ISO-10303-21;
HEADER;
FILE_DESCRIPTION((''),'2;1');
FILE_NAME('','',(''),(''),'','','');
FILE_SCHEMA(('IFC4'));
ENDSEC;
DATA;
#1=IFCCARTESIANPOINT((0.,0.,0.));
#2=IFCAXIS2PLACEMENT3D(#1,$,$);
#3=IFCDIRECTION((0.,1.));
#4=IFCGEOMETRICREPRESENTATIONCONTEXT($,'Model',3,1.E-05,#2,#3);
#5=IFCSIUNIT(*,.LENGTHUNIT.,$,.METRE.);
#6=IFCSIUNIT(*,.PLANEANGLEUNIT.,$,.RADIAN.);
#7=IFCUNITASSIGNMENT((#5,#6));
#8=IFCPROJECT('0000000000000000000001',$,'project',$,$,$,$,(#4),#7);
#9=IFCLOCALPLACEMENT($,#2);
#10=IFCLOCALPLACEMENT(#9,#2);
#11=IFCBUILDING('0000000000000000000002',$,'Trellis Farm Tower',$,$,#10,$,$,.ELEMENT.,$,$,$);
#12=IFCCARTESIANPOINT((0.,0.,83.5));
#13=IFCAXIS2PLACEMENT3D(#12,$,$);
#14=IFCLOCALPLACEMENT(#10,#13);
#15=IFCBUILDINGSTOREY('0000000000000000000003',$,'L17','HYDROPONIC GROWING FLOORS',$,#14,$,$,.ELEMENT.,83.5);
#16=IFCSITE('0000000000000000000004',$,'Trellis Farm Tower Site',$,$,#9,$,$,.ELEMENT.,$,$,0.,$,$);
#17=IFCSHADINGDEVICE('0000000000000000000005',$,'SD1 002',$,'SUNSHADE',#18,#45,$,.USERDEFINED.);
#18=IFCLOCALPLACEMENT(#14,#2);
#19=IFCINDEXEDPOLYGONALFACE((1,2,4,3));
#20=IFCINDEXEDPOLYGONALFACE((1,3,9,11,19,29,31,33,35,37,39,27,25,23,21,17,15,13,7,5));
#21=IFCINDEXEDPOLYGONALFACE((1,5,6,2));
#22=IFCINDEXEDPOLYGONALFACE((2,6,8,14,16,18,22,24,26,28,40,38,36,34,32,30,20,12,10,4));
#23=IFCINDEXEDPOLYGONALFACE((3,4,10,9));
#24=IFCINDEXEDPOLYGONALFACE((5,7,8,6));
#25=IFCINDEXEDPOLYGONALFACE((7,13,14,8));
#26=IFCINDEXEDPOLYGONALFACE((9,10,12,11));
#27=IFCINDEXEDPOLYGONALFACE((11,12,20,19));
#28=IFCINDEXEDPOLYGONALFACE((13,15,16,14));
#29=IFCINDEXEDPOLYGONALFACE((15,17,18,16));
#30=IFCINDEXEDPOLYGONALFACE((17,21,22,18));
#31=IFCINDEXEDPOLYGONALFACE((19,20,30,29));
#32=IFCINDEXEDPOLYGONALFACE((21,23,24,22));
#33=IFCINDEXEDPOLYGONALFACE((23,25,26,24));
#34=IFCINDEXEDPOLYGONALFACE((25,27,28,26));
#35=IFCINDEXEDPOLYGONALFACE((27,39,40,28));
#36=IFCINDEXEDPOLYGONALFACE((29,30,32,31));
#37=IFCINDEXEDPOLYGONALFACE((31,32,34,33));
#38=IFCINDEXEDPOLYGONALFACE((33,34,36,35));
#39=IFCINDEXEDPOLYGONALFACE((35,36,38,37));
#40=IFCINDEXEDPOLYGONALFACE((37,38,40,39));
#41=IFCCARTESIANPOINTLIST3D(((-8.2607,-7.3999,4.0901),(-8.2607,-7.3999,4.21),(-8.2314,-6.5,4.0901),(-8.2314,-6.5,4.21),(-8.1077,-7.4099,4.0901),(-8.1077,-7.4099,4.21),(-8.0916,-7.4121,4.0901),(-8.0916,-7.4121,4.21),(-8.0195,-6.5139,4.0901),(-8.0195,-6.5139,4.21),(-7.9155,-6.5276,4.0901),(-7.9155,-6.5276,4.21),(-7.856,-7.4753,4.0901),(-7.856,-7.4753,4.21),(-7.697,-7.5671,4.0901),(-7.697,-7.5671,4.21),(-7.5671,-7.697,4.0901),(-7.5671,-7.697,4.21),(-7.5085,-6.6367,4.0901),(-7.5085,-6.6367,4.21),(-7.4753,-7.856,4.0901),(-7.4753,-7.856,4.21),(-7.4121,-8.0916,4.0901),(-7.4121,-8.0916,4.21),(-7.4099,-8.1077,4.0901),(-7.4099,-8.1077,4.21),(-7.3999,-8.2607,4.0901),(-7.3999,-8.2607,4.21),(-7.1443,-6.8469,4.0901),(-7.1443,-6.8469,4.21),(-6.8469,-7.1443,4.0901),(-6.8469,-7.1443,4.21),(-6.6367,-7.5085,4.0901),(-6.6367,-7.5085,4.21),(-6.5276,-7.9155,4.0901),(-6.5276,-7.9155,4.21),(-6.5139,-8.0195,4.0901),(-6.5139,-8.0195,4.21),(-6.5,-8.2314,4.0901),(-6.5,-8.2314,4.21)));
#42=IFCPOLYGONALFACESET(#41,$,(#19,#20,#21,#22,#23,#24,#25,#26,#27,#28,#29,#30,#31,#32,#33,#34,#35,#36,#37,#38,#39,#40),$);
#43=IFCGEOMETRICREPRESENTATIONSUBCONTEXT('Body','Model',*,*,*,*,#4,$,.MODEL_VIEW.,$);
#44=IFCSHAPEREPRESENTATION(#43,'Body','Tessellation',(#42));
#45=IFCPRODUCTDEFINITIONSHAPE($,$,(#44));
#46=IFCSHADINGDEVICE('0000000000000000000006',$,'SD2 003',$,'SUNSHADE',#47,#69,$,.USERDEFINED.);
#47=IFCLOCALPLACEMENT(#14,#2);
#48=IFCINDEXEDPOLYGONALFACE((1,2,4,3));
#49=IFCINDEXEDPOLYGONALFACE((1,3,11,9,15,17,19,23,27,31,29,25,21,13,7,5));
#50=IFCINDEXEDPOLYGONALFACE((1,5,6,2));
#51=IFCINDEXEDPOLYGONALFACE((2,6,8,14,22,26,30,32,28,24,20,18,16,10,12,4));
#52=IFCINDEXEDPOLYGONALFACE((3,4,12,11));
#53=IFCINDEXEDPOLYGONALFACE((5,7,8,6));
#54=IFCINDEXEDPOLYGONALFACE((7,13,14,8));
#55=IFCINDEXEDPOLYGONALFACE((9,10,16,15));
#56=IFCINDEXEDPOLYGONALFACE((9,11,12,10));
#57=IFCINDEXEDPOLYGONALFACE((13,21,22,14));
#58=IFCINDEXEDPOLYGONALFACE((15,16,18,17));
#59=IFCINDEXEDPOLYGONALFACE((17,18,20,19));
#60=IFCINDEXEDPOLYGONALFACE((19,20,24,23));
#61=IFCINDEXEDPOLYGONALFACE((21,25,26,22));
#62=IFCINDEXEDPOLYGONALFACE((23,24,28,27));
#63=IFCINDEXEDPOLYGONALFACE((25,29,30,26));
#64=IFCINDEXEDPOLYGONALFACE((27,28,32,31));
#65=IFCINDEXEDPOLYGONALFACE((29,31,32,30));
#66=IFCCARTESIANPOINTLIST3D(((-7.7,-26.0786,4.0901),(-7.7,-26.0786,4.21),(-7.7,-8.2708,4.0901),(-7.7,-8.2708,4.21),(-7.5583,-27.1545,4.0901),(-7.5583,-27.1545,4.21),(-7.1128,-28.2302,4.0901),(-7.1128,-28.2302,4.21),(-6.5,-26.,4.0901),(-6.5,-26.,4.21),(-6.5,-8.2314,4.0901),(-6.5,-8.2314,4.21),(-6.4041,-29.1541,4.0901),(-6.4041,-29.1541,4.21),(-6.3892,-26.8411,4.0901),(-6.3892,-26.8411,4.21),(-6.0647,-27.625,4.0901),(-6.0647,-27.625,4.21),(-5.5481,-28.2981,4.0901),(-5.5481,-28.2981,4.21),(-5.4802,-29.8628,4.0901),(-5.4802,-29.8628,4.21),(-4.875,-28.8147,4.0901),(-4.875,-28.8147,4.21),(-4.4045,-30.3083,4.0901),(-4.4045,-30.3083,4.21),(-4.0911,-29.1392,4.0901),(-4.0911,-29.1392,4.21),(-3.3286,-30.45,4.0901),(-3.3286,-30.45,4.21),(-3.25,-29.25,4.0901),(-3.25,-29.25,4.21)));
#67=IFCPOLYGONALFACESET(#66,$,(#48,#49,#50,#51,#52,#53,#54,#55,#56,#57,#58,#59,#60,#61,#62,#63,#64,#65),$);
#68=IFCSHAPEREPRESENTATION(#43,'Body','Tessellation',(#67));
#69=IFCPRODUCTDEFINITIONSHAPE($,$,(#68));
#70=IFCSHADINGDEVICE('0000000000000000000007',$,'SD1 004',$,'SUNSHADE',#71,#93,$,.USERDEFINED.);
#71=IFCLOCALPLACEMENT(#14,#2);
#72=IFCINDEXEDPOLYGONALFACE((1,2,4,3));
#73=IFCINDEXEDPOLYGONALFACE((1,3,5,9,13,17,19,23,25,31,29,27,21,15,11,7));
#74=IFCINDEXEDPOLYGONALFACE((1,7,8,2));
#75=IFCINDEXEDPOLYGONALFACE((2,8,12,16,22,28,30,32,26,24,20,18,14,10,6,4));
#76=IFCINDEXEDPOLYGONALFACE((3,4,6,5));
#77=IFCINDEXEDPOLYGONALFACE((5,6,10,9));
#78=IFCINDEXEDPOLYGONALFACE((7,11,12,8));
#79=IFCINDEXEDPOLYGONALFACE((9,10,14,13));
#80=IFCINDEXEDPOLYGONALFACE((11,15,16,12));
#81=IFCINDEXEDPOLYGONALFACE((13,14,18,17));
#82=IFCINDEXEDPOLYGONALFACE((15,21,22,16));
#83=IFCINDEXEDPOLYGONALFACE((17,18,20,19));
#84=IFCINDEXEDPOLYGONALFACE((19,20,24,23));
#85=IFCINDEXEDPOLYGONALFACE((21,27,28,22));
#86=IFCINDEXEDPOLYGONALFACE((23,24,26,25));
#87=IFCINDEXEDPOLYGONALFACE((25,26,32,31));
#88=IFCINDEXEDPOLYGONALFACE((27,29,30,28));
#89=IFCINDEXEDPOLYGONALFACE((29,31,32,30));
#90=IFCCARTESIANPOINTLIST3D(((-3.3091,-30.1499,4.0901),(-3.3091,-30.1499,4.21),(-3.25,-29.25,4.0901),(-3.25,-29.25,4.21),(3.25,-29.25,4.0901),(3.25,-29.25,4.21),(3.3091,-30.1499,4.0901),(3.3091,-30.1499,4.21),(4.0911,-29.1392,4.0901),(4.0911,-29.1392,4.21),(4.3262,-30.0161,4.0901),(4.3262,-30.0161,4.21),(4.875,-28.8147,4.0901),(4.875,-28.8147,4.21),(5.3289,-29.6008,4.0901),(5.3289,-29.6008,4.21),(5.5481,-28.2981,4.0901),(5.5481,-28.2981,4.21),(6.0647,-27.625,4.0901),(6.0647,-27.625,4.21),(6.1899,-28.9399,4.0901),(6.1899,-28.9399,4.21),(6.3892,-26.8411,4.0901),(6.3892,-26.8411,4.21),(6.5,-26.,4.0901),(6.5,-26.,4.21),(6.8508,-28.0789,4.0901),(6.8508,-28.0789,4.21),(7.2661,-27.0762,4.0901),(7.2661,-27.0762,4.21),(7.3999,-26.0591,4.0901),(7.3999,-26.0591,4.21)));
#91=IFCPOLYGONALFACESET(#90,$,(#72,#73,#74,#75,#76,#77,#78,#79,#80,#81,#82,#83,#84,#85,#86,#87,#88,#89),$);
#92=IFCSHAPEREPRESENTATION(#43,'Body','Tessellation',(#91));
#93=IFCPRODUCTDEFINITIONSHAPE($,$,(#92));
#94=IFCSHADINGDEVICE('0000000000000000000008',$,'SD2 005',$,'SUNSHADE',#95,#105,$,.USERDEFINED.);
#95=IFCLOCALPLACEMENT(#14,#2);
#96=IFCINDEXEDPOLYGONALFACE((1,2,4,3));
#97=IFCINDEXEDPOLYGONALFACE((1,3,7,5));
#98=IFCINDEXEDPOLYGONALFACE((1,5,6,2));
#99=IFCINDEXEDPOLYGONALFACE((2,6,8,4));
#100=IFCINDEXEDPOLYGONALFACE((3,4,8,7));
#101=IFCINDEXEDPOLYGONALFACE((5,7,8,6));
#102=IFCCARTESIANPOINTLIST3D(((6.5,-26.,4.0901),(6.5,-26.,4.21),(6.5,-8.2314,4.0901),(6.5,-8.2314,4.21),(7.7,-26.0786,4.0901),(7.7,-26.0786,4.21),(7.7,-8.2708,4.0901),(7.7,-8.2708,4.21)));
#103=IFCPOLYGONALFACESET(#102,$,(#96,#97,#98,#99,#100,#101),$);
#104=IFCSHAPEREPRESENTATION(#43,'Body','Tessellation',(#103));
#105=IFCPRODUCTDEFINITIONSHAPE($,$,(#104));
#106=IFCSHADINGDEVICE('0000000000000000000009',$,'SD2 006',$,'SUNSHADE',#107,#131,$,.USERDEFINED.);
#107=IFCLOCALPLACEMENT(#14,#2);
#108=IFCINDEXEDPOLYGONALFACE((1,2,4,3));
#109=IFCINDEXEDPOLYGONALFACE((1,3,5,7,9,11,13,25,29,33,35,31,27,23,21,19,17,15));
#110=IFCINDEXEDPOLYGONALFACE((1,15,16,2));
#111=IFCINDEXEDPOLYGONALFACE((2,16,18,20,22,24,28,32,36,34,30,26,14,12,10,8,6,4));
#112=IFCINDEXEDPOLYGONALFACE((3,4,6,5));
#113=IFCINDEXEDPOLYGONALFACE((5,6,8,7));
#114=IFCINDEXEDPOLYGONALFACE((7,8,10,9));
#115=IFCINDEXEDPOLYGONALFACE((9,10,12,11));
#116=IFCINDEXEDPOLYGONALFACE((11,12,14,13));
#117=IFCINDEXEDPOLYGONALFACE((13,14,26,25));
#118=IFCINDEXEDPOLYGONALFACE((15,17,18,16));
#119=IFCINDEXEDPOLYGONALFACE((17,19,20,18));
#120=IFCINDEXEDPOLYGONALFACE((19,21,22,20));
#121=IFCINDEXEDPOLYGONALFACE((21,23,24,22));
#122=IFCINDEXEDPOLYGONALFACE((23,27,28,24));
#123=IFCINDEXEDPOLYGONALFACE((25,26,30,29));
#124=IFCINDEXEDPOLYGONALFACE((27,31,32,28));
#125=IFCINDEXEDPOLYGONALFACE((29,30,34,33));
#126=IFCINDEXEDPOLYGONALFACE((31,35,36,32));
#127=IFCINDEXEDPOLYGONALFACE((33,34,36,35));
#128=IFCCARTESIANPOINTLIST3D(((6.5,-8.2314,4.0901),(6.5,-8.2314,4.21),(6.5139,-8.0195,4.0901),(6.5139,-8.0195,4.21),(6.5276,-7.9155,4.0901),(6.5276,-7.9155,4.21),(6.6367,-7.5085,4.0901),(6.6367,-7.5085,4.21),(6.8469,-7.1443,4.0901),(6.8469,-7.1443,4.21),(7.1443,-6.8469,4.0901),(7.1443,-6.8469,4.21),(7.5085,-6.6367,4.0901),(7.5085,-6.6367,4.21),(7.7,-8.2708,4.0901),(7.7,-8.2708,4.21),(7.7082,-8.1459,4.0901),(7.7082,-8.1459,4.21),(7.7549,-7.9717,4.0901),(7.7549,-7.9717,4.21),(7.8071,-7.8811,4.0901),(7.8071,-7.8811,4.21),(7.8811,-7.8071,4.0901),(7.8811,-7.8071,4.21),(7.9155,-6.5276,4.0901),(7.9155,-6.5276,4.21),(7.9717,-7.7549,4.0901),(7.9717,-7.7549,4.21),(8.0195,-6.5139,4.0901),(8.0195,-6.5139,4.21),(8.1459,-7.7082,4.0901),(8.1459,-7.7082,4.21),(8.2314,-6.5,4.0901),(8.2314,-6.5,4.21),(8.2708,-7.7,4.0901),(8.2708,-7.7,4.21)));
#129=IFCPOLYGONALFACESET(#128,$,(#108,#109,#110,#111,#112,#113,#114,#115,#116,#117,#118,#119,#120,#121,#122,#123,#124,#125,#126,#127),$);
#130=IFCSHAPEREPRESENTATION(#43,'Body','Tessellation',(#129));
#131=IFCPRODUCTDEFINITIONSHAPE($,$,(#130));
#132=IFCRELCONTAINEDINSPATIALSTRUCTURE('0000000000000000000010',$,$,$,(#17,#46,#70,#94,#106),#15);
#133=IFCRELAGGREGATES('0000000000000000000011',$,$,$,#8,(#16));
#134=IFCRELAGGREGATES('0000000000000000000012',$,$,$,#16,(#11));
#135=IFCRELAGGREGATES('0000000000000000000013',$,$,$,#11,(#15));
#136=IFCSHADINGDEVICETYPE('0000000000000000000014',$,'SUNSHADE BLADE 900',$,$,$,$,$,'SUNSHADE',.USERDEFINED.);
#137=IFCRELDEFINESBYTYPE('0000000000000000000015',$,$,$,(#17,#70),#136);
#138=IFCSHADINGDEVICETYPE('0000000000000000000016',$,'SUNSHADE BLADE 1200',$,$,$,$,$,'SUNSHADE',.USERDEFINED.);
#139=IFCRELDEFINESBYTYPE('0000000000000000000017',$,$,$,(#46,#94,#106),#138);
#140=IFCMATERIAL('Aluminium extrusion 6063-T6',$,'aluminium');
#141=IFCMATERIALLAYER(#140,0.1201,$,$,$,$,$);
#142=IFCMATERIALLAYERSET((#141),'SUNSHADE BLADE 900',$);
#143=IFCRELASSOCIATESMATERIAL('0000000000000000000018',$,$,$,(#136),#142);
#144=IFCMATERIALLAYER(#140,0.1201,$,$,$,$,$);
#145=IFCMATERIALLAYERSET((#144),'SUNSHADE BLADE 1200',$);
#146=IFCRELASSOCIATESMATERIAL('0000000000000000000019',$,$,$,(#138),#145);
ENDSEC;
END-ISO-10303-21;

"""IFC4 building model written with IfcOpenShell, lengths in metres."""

from ifc_helpers import new_model, si_unit, direction, frame, origin, place, context, subcontext, project, spatial, polyline, outline, extrude, source, transform, mapped, material, layer, layer_set, type_object, element, save


model = new_model("IFC4")

# Units and contexts
model_context = context("Model", 3, precision=1e-05, world=origin(), true_north=direction((0.0, 1.0)))
body_context = subcontext(model_context, "Body", "Model", "MODEL_VIEW")
ifc_project = project(units=[si_unit("LENGTHUNIT", "METRE"), si_unit("PLANEANGLEUNIT", "RADIAN")], contexts=[model_context])

# Site, building, storey
site_placement = place(None, origin())
site = spatial("IfcSite", under=ifc_project, at=site_placement, Name="Trellis Farm Tower Site", CompositionType="ELEMENT", RefElevation=0.0)
building_placement = place(site_placement, origin())
building = spatial("IfcBuilding", under=site, at=building_placement, Name="Trellis Farm Tower", CompositionType="ELEMENT")
storey_placement = place(building_placement, frame((0.0, 0.0, 83.5)))
storey = spatial("IfcBuildingStorey", under=building, at=storey_placement, Name="L17", Description="HYDROPONIC GROWING FLOORS", CompositionType="ELEMENT", Elevation=83.5)

# Shared definitions
ifc_material_1 = material(Name="Aluminium extrusion 6063-T6", Category="aluminium")

# Shading devices
ifc_layer_1 = layer(ifc_material_1, 0.1201)
ifc_layer_set_1 = layer_set([ifc_layer_1], Name="SUNSHADE BLADE 900")
shading_device_type_1 = type_object("IfcShadingDeviceType", Name="SUNSHADE BLADE 900", ElementType="SUNSHADE", PredefinedType="USERDEFINED", material=ifc_layer_set_1)
placement_1 = place(storey_placement, frame((0.0, 0.0, 4.0901)))
shared_shape_1 = source(origin(), body_context, "Body", "SweptSolid", [
    extrude(outline(polyline([(-8.2607, -7.3999), (-8.1077, -7.4099), (-8.0916, -7.4121), (-7.856, -7.4753), (-7.697, -7.5671), (-7.5671, -7.697), (-7.4753, -7.856), (-7.4121, -8.0916), (-7.4099, -8.1077), (-7.3999, -8.2607), (-6.5, -8.2314), (-6.5139, -8.0195), (-6.5276, -7.9155), (-6.6367, -7.5085), (-6.8469, -7.1443), (-7.1443, -6.8469), (-7.5085, -6.6367), (-7.9155, -6.5276), (-8.0195, -6.5139), (-8.2314, -6.5), (-8.2607, -7.3999)])), origin(), (0.0, 0.0, 1.0), 0.1199),
])
element("IfcShadingDevice", 1, at=placement_1, inside=storey, type_object=shading_device_type_1, Name="SD1 002", ObjectType="SUNSHADE", PredefinedType="USERDEFINED", context=body_context, shape_type="MappedRepresentation", body=[
    mapped(shared_shape_1, transform((0.0, 0.0, 0.0))),
])
ifc_layer_2 = layer(ifc_material_1, 0.1201)
ifc_layer_set_2 = layer_set([ifc_layer_2], Name="SUNSHADE BLADE 1200")
shading_device_type_2 = type_object("IfcShadingDeviceType", Name="SUNSHADE BLADE 1200", ElementType="SUNSHADE", PredefinedType="USERDEFINED", material=ifc_layer_set_2)
shared_shape_2 = source(origin(), body_context, "Body", "SweptSolid", [
    extrude(outline(polyline([(-7.7, -8.2708), (-7.7, -26.0786), (-7.5583, -27.1545), (-7.1128, -28.2302), (-6.4041, -29.1541), (-5.4802, -29.8628), (-4.4045, -30.3083), (-3.3286, -30.45), (-3.25, -29.25), (-4.0911, -29.1392), (-4.875, -28.8147), (-5.5481, -28.2981), (-6.0647, -27.625), (-6.3892, -26.8411), (-6.5, -26.0), (-6.5, -8.2314), (-7.7, -8.2708)])), origin(), (0.0, 0.0, 1.0), 0.1199),
])
element("IfcShadingDevice", 2, at=placement_1, inside=storey, type_object=shading_device_type_2, Name="SD2 003", ObjectType="SUNSHADE", PredefinedType="USERDEFINED", context=body_context, shape_type="MappedRepresentation", body=[
    mapped(shared_shape_2, transform((0.0, 0.0, 0.0))),
])
shared_shape_3 = source(origin(), body_context, "Body", "SweptSolid", [
    extrude(outline(polyline([(-3.3091, -30.1499), (3.3091, -30.1499), (4.3262, -30.0161), (5.3289, -29.6008), (6.1899, -28.9399), (6.8508, -28.0789), (7.2661, -27.0762), (7.3999, -26.0591), (6.5, -26.0), (6.3892, -26.8411), (6.0647, -27.625), (5.5481, -28.2981), (4.875, -28.8147), (4.0911, -29.1392), (3.25, -29.25), (-3.25, -29.25), (-3.3091, -30.1499)])), origin(), (0.0, 0.0, 1.0), 0.1199),
])
element("IfcShadingDevice", 3, at=placement_1, inside=storey, type_object=shading_device_type_1, Name="SD1 004", ObjectType="SUNSHADE", PredefinedType="USERDEFINED", context=body_context, shape_type="MappedRepresentation", body=[
    mapped(shared_shape_3, transform((0.0, 0.0, 0.0))),
])
shared_shape_4 = source(origin(), body_context, "Body", "SweptSolid", [
    extrude(outline(polyline([(7.7, -26.0786), (7.7, -8.2708), (6.5, -8.2314), (6.5, -26.0), (7.7, -26.0786)])), origin(), (0.0, 0.0, 1.0), 0.1199),
])
element("IfcShadingDevice", 4, at=placement_1, inside=storey, type_object=shading_device_type_2, Name="SD2 005", ObjectType="SUNSHADE", PredefinedType="USERDEFINED", context=body_context, shape_type="MappedRepresentation", body=[
    mapped(shared_shape_4, transform((0.0, 0.0, 0.0))),
])
shared_shape_5 = source(origin(), body_context, "Body", "SweptSolid", [
    extrude(outline(polyline([(7.7, -8.2708), (7.7087, -8.1372), (7.707, -8.1501), (7.7549, -7.9717), (7.8071, -7.8811), (7.8811, -7.8071), (7.9717, -7.7549), (8.1501, -7.707), (8.1372, -7.7087), (8.2708, -7.7), (8.2314, -6.5), (8.0195, -6.5139), (7.9155, -6.5276), (7.5085, -6.6367), (7.1443, -6.8469), (6.8469, -7.1443), (6.6367, -7.5085), (6.5276, -7.9155), (6.5139, -8.0195), (6.5, -8.2314), (7.7, -8.2708)])), origin(), (0.0, 0.0, 1.0), 0.1199),
])
element("IfcShadingDevice", 5, at=placement_1, inside=storey, type_object=shading_device_type_2, Name="SD2 006", ObjectType="SUNSHADE", PredefinedType="USERDEFINED", context=body_context, shape_type="MappedRepresentation", body=[
    mapped(shared_shape_5, transform((0.0, 0.0, 0.0))),
])

save(model, "model.ifc")
